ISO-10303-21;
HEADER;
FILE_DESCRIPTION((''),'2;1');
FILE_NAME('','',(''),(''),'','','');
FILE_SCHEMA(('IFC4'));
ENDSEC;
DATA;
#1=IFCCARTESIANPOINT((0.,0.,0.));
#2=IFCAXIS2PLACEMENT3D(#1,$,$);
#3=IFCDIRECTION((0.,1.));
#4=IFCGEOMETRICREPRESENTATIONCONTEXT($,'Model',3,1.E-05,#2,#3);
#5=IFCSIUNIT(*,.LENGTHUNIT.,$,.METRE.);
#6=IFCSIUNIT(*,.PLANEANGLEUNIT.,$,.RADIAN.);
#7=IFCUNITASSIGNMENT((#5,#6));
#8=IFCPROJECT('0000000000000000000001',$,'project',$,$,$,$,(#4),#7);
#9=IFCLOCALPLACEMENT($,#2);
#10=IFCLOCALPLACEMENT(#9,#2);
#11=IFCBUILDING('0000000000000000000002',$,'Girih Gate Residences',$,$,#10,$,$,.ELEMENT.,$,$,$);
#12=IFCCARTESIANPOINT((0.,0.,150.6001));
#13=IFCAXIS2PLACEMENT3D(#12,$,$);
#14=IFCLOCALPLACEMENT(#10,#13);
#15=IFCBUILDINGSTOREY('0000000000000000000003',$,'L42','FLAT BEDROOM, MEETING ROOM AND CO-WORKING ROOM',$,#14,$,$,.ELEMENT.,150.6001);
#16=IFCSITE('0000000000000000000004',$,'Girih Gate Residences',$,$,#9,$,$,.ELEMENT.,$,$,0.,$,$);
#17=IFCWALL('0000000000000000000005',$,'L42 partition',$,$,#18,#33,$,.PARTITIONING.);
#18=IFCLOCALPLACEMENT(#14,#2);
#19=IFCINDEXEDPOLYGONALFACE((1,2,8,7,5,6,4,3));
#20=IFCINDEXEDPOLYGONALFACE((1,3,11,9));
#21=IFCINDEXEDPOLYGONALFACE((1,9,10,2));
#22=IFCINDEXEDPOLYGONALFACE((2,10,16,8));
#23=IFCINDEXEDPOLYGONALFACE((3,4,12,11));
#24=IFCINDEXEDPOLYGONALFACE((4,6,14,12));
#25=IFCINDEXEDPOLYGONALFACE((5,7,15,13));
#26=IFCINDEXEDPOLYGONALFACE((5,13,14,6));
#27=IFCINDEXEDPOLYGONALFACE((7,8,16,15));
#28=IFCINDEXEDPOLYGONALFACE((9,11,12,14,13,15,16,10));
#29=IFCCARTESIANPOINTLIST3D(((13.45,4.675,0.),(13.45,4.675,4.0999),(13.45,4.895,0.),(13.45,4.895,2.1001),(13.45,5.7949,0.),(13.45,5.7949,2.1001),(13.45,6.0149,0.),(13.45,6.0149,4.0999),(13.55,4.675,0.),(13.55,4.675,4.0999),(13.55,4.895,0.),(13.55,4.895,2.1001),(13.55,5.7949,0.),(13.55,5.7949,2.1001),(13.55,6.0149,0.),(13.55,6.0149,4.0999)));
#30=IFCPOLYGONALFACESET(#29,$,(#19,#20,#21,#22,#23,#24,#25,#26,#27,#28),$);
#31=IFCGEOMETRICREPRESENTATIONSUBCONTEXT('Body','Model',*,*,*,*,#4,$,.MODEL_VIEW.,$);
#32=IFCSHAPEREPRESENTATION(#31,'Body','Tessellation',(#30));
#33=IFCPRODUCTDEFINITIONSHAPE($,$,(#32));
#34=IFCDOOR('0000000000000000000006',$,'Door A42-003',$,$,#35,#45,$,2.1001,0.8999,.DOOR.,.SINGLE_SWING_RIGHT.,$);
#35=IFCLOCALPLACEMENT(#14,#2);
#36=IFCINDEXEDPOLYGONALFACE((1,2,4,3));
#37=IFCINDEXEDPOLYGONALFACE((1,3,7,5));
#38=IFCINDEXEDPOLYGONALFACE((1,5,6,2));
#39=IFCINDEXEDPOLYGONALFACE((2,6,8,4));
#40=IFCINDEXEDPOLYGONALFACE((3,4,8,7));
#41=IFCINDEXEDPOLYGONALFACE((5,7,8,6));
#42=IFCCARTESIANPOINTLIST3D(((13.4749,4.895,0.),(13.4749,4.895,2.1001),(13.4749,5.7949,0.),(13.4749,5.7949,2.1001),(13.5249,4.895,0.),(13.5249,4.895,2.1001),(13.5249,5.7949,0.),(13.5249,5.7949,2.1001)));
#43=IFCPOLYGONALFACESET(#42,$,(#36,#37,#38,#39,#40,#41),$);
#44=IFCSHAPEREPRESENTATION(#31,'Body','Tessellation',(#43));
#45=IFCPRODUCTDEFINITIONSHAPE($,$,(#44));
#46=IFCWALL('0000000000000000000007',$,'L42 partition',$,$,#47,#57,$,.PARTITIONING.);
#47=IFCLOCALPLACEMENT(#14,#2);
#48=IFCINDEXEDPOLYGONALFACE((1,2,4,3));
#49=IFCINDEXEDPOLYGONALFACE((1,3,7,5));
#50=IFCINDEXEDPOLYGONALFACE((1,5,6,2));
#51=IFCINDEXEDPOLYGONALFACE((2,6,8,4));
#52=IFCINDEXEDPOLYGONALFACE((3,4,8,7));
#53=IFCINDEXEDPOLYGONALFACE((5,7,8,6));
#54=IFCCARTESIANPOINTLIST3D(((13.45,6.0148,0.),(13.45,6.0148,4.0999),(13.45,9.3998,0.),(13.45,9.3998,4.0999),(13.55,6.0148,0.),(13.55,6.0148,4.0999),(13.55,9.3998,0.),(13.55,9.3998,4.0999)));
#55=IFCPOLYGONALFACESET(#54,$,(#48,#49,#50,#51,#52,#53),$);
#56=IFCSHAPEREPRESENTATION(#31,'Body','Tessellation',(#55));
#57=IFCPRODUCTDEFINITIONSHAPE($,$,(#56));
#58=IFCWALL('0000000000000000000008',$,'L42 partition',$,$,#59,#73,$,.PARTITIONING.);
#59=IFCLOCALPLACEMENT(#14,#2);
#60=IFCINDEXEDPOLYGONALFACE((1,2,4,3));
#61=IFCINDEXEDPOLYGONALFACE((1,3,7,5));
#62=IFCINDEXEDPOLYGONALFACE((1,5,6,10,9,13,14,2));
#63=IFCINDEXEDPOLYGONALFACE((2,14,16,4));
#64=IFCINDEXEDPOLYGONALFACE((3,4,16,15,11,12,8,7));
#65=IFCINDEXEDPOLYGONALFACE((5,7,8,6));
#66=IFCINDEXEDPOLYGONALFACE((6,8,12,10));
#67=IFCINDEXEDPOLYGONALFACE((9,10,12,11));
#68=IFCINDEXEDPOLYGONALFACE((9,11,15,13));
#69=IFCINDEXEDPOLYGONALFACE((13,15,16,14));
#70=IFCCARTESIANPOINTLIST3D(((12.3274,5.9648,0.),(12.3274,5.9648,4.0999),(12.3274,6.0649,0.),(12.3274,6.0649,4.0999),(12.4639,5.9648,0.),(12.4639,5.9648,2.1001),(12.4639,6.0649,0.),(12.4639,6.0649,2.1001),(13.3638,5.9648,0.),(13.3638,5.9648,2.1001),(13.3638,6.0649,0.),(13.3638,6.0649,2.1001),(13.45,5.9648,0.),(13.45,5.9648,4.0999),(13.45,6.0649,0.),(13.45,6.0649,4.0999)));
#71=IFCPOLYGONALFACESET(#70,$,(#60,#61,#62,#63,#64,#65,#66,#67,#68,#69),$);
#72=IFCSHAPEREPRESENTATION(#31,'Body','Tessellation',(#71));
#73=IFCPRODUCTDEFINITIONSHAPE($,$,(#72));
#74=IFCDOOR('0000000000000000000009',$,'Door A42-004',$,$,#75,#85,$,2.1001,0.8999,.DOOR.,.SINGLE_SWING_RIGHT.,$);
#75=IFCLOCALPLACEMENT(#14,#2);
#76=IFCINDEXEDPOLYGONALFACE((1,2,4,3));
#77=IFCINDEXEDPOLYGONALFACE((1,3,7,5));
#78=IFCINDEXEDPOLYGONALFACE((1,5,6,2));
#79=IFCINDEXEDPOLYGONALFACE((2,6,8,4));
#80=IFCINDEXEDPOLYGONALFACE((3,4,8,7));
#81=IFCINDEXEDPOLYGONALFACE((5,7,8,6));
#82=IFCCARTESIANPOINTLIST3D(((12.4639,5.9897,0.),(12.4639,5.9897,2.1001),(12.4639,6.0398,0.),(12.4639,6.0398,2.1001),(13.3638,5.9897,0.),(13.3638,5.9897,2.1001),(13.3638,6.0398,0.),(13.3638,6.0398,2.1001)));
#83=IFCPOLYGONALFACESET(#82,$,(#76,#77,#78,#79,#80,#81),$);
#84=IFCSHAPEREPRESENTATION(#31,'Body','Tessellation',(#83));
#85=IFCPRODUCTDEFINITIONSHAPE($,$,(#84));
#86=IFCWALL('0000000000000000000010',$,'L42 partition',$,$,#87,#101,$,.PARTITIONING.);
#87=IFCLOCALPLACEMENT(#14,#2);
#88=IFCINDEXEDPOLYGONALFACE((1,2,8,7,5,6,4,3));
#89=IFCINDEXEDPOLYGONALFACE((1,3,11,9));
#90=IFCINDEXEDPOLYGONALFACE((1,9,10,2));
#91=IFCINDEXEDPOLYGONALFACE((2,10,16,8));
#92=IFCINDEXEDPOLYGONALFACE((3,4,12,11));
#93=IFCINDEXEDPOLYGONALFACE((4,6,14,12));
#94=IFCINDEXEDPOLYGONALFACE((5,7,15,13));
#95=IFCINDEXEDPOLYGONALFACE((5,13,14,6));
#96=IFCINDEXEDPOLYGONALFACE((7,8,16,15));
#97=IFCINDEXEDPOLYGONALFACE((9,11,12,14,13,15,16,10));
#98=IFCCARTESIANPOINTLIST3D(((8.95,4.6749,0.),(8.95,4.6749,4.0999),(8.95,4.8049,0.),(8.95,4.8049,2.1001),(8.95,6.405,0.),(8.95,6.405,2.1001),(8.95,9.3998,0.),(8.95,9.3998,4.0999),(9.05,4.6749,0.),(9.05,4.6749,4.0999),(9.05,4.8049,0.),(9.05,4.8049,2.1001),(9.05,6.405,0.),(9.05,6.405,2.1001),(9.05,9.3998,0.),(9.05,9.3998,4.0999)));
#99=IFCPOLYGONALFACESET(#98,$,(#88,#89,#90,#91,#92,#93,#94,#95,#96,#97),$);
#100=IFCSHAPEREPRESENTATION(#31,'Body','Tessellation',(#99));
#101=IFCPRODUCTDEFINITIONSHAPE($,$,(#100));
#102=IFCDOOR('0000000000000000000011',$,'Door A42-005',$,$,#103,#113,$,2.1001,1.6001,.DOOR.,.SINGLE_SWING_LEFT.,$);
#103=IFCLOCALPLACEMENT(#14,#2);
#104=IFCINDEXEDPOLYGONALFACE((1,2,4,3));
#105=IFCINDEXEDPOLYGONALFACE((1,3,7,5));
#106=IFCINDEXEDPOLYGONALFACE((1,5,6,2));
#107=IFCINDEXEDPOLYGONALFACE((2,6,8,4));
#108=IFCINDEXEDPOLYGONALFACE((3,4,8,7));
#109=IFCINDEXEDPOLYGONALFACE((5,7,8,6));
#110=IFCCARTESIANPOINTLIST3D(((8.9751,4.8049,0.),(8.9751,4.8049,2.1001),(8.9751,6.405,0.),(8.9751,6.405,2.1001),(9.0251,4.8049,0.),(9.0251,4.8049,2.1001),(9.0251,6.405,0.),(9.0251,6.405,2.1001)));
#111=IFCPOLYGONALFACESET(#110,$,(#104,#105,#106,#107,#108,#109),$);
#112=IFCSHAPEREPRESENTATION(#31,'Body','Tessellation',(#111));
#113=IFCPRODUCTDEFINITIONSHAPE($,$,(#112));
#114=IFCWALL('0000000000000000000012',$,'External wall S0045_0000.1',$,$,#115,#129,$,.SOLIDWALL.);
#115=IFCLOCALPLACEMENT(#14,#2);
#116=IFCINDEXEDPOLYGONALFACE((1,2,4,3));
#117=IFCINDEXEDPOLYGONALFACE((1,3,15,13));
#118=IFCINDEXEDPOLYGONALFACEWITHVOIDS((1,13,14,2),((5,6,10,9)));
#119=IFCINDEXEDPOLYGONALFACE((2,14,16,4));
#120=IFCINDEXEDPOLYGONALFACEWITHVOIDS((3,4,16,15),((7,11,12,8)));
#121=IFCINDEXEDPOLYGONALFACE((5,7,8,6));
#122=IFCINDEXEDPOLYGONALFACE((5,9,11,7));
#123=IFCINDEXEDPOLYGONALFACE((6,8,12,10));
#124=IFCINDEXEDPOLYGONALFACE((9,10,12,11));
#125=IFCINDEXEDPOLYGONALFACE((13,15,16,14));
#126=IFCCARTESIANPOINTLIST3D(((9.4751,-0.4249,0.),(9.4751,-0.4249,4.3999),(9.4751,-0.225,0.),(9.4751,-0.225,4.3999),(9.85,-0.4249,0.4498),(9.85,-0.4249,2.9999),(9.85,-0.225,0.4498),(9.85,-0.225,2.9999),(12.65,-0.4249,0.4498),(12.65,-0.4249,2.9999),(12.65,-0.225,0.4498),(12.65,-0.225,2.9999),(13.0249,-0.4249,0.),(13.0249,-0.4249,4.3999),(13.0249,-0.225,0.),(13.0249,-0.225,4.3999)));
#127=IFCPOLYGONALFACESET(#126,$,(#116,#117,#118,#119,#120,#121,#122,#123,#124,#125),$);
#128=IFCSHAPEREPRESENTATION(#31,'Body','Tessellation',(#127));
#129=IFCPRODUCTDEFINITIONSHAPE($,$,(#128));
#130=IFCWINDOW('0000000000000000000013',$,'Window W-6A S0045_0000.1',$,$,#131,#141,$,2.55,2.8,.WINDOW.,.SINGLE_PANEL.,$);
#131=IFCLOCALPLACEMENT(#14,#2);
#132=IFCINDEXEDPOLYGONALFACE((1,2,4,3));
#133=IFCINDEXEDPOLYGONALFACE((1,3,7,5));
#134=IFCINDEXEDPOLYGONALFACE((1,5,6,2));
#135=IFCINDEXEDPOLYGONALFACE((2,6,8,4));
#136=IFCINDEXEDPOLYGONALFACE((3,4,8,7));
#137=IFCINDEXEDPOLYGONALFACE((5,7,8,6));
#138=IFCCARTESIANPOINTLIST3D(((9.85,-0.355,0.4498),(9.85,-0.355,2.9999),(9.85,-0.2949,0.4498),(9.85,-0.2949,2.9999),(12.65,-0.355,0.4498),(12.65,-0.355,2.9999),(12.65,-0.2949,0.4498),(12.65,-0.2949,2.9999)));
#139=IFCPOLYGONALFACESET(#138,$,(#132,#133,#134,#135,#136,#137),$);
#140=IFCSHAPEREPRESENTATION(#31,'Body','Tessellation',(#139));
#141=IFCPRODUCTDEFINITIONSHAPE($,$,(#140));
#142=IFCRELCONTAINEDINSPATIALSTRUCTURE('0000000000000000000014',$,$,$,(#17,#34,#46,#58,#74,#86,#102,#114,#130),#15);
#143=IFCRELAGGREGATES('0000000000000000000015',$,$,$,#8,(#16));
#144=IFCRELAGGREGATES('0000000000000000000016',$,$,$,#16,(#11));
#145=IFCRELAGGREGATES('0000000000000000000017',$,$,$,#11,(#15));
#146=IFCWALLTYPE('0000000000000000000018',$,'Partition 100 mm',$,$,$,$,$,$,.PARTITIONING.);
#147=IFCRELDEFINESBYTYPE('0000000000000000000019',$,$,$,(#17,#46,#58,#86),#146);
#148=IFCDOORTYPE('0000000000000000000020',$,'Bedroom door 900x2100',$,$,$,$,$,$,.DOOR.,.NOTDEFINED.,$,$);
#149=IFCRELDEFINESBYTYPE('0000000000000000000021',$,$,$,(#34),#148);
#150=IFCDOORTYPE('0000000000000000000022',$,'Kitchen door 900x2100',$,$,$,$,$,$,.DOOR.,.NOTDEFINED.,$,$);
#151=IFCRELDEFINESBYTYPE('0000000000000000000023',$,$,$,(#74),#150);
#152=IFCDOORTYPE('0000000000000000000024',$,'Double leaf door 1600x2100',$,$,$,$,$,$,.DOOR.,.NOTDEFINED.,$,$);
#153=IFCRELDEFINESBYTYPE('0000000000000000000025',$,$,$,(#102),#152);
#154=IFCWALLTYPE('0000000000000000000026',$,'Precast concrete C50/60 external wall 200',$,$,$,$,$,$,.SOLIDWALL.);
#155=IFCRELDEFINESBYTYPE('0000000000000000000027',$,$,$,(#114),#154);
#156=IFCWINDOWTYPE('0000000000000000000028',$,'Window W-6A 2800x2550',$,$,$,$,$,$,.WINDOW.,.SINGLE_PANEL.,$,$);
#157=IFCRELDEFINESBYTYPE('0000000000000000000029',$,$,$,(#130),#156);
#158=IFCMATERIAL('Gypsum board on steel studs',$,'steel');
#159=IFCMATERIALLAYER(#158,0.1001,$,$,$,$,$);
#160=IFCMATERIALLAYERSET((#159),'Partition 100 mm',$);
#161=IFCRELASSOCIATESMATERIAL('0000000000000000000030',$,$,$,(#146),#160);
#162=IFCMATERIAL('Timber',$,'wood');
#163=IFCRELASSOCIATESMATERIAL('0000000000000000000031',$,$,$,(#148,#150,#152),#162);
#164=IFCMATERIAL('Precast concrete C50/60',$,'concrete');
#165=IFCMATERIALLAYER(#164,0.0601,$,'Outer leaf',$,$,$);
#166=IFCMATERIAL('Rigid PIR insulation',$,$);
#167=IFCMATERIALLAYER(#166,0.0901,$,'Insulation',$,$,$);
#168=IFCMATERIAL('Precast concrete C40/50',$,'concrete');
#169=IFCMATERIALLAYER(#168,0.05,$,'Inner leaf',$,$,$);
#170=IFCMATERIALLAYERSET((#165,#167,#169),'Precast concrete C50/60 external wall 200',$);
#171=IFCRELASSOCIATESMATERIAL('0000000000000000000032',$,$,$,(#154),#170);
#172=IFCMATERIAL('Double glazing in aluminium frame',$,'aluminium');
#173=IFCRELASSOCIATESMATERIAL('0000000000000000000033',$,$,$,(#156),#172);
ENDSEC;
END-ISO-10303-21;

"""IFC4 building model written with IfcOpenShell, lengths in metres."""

from ifc_helpers import new_model, si_unit, direction, frame, frame_2d, origin, place, context, subcontext, project, spatial, rectangle, extrude, material, layer, layer_set, type_object, element, fill, save


model = new_model("IFC4")

# Units and contexts
model_context = context("Model", 3, precision=1e-05, world=origin(), true_north=direction((0.0, 1.0)))
body_context = subcontext(model_context, "Body", "Model", "MODEL_VIEW")
ifc_project = project(units=[si_unit("LENGTHUNIT", "METRE"), si_unit("PLANEANGLEUNIT", "RADIAN")], contexts=[model_context])

# Site, building, storey
site_placement = place(None, origin())
site = spatial("IfcSite", under=ifc_project, at=site_placement, Name="Girih Gate Residences", CompositionType="ELEMENT", RefElevation=0.0)
building_placement = place(site_placement, origin())
building = spatial("IfcBuilding", under=site, at=building_placement, Name="Girih Gate Residences", CompositionType="ELEMENT")
storey_placement = place(building_placement, frame((0.0, 0.0, 150.6001)))
storey = spatial("IfcBuildingStorey", under=building, at=storey_placement, Name="L42", Description="FLAT BEDROOM, MEETING ROOM AND CO-WORKING ROOM", CompositionType="ELEMENT", Elevation=150.6001)

# Shared definitions
ifc_material_1 = material(Name="Gypsum board on steel studs", Category="steel")
ifc_layer_1 = layer(ifc_material_1, 0.1001)
ifc_layer_set_1 = layer_set([ifc_layer_1], Name="Partition 100 mm")
wall_type_1 = type_object("IfcWallType", Name="Partition 100 mm", PredefinedType="PARTITIONING", material=ifc_layer_set_1)

# Shared definitions
ifc_material_2 = material(Name="Timber", Category="wood")
door_type_1 = type_object("IfcDoorType", Name="Bedroom door 900x2100", OperationType="NOTDEFINED", PredefinedType="DOOR", material=ifc_material_2)

# Wall, opening, door
wall_1_placement = place(storey_placement, frame((13.5, 6.0149, 0.0), z_axis=(0.0, 0.0, 1.0), x_axis=(0.0, -1.0, 0.0)))
wall_1 = element("IfcWall", 1, at=wall_1_placement, inside=storey, type_object=wall_type_1, Name="L42 partition", PredefinedType="PARTITIONING", context=body_context, shape_type="SweptSolid", body=[
    extrude(rectangle(XDim=1.3398, YDim=0.1001, at=frame_2d((0.6699, 0.0))), origin(), (0.0, 0.0, 1.0), 4.0999),
])
opening_1_placement = place(wall_1_placement, frame((0.22, 0.0, 0.0)))
opening_1 = element("IfcOpeningElement", 2, at=opening_1_placement, cuts=wall_1, PredefinedType="OPENING", context=body_context, shape_type="SweptSolid", body=[
    extrude(rectangle(XDim=0.8999, YDim=2.1001, at=frame_2d((0.45, 1.05))), frame((0.0, 0.0601, 0.0), z_axis=(0.0, -1.0, 0.0), x_axis=(1.0, 0.0, 0.0)), (0.0, 0.0, 1.0), 0.1201),
])
door_1_placement = place(opening_1_placement, origin())
door_1 = element("IfcDoor", 3, at=door_1_placement, inside=storey, type_object=door_type_1, Name="Door A42-003", OperationType="SINGLE_SWING_RIGHT", OverallHeight=2.1001, OverallWidth=0.8999, PredefinedType="DOOR", context=body_context, shape_type="SweptSolid", body=[
    extrude(rectangle(XDim=0.8999, YDim=2.1001, at=frame_2d((0.45, 1.05))), frame((0.0, 0.0249, 0.0), z_axis=(0.0, -1.0, 0.0), x_axis=(1.0, 0.0, 0.0)), (0.0, 0.0, 1.0), 0.05),
])
fill(opening_1, door_1)

# Wall
wall_2_placement = place(storey_placement, frame((13.5, 6.0149, 0.0), z_axis=(0.0, 0.0, 1.0), x_axis=(0.0, 1.0, 0.0)))
element("IfcWall", 4, at=wall_2_placement, inside=storey, type_object=wall_type_1, Name="L42 partition", PredefinedType="PARTITIONING", context=body_context, shape_type="SweptSolid", body=[
    extrude(rectangle(XDim=3.385, YDim=0.1001, at=frame_2d((1.6924, 0.0))), origin(), (0.0, 0.0, 1.0), 4.0999),
])

# Walls, openings, doors
wall_3_placement = place(storey_placement, frame((12.3274, 6.0149, 0.0), z_axis=(0.0, 0.0, 1.0), x_axis=(1.0, 0.0, 0.0)))
wall_3 = element("IfcWall", 5, at=wall_3_placement, inside=storey, type_object=wall_type_1, Name="L42 partition", PredefinedType="PARTITIONING", context=body_context, shape_type="SweptSolid", body=[
    extrude(rectangle(XDim=1.1226, YDim=0.1001, at=frame_2d((0.5613, 0.0))), origin(), (0.0, 0.0, 1.0), 4.0999),
])
opening_2_placement = place(wall_3_placement, frame((0.1365, 0.0, 0.0)))
opening_2 = element("IfcOpeningElement", 6, at=opening_2_placement, cuts=wall_3, PredefinedType="OPENING", context=body_context, shape_type="SweptSolid", body=[
    extrude(rectangle(XDim=0.8999, YDim=2.1001, at=frame_2d((0.45, 1.05))), frame((0.0, 0.0601, 0.0), z_axis=(0.0, -1.0, 0.0), x_axis=(1.0, 0.0, 0.0)), (0.0, 0.0, 1.0), 0.1201),
])
door_type_2 = type_object("IfcDoorType", Name="Kitchen door 900x2100", OperationType="NOTDEFINED", PredefinedType="DOOR", material=ifc_material_2)
door_2_placement = place(opening_2_placement, origin())
door_2 = element("IfcDoor", 7, at=door_2_placement, inside=storey, type_object=door_type_2, Name="Door A42-004", OperationType="SINGLE_SWING_RIGHT", OverallHeight=2.1001, OverallWidth=0.8999, PredefinedType="DOOR", context=body_context, shape_type="SweptSolid", body=[
    extrude(rectangle(XDim=0.8999, YDim=2.1001, at=frame_2d((0.45, 1.05))), frame((0.0, 0.0249, 0.0), z_axis=(0.0, -1.0, 0.0), x_axis=(1.0, 0.0, 0.0)), (0.0, 0.0, 1.0), 0.05),
])
fill(opening_2, door_2)
wall_4_placement = place(storey_placement, frame((9.0, 4.675, 0.0), z_axis=(0.0, 0.0, 1.0), x_axis=(0.0, 1.0, 0.0)))
wall_4 = element("IfcWall", 8, at=wall_4_placement, inside=storey, type_object=wall_type_1, Name="L42 partition", PredefinedType="PARTITIONING", context=body_context, shape_type="SweptSolid", body=[
    extrude(rectangle(XDim=4.7249, YDim=0.1001, at=frame_2d((2.3623, 0.0))), origin(), (0.0, 0.0, 1.0), 4.0999),
])
opening_3_placement = place(wall_4_placement, frame((0.1299, 0.0, 0.0)))
opening_3 = element("IfcOpeningElement", 9, at=opening_3_placement, cuts=wall_4, PredefinedType="OPENING", context=body_context, shape_type="SweptSolid", body=[
    extrude(rectangle(XDim=1.6001, YDim=2.1001, at=frame_2d((0.8, 1.05))), frame((0.0, 0.0601, 0.0), z_axis=(0.0, -1.0, 0.0), x_axis=(1.0, 0.0, 0.0)), (0.0, 0.0, 1.0), 0.1201),
])
door_type_3 = type_object("IfcDoorType", Name="Double leaf door 1600x2100", OperationType="NOTDEFINED", PredefinedType="DOOR", material=ifc_material_2)
door_3_placement = place(opening_3_placement, origin())
door_3 = element("IfcDoor", 10, at=door_3_placement, inside=storey, type_object=door_type_3, Name="Door A42-005", OperationType="SINGLE_SWING_LEFT", OverallHeight=2.1001, OverallWidth=1.6001, PredefinedType="DOOR", context=body_context, shape_type="SweptSolid", body=[
    extrude(rectangle(XDim=1.6001, YDim=2.1001, at=frame_2d((0.8, 1.05))), frame((0.0, 0.0249, 0.0), z_axis=(0.0, -1.0, 0.0), x_axis=(1.0, 0.0, 0.0)), (0.0, 0.0, 1.0), 0.05),
])
fill(opening_3, door_3)

# Wall, opening, window
ifc_material_3 = material(Name="Precast concrete C50/60", Category="concrete")
ifc_layer_2 = layer(ifc_material_3, 0.0601, Name="Outer leaf")
ifc_material_4 = material(Name="Rigid PIR insulation")
ifc_layer_3 = layer(ifc_material_4, 0.0901, Name="Insulation")
ifc_material_5 = material(Name="Precast concrete C40/50", Category="concrete")
ifc_layer_4 = layer(ifc_material_5, 0.05, Name="Inner leaf")
ifc_layer_set_2 = layer_set([ifc_layer_2, ifc_layer_3, ifc_layer_4], Name="Precast concrete C50/60 external wall 200")
wall_type_2 = type_object("IfcWallType", Name="Precast concrete C50/60 external wall 200", PredefinedType="SOLIDWALL", material=ifc_layer_set_2)
wall_5_placement = place(storey_placement, frame((13.0249, -0.325, 0.0), z_axis=(0.0, 0.0, 1.0), x_axis=(-1.0, 0.0, 0.0)))
wall_5 = element("IfcWall", 11, at=wall_5_placement, inside=storey, type_object=wall_type_2, Name="External wall S0045_0000.1", PredefinedType="SOLIDWALL", context=body_context, shape_type="SweptSolid", body=[
    extrude(rectangle(XDim=3.5498, YDim=0.2, at=frame_2d((1.7749, 0.0))), origin(), (0.0, 0.0, 1.0), 4.3999),
])
opening_4_placement = place(wall_5_placement, frame((0.375, 0.0, 0.45)))
opening_4 = element("IfcOpeningElement", 12, at=opening_4_placement, cuts=wall_5, PredefinedType="OPENING", context=body_context, shape_type="SweptSolid", body=[
    extrude(rectangle(XDim=2.8, YDim=2.55, at=frame_2d((1.3999, 1.2749))), frame((0.0, 0.1099, 0.0), z_axis=(0.0, -1.0, 0.0), x_axis=(1.0, 0.0, 0.0)), (0.0, 0.0, 1.0), 0.22),
])
ifc_material_6 = material(Name="Double glazing in aluminium frame", Category="aluminium")
window_type = type_object("IfcWindowType", Name="Window W-6A 2800x2550", PartitioningType="SINGLE_PANEL", PredefinedType="WINDOW", material=ifc_material_6)
window_1_placement = place(opening_4_placement, origin())
window_1 = element("IfcWindow", 13, at=window_1_placement, inside=storey, type_object=window_type, Name="Window W-6A S0045_0000.1", OverallHeight=2.55, OverallWidth=2.8, PartitioningType="SINGLE_PANEL", PredefinedType="WINDOW", context=body_context, shape_type="SweptSolid", body=[
    extrude(rectangle(XDim=2.8, YDim=2.55, at=frame_2d((1.3999, 1.2749))), frame((0.0, 0.03, 0.0), z_axis=(0.0, -1.0, 0.0), x_axis=(1.0, 0.0, 0.0)), (0.0, 0.0, 1.0), 0.0601),
])
fill(opening_4, window_1)

save(model, "model.ifc")
